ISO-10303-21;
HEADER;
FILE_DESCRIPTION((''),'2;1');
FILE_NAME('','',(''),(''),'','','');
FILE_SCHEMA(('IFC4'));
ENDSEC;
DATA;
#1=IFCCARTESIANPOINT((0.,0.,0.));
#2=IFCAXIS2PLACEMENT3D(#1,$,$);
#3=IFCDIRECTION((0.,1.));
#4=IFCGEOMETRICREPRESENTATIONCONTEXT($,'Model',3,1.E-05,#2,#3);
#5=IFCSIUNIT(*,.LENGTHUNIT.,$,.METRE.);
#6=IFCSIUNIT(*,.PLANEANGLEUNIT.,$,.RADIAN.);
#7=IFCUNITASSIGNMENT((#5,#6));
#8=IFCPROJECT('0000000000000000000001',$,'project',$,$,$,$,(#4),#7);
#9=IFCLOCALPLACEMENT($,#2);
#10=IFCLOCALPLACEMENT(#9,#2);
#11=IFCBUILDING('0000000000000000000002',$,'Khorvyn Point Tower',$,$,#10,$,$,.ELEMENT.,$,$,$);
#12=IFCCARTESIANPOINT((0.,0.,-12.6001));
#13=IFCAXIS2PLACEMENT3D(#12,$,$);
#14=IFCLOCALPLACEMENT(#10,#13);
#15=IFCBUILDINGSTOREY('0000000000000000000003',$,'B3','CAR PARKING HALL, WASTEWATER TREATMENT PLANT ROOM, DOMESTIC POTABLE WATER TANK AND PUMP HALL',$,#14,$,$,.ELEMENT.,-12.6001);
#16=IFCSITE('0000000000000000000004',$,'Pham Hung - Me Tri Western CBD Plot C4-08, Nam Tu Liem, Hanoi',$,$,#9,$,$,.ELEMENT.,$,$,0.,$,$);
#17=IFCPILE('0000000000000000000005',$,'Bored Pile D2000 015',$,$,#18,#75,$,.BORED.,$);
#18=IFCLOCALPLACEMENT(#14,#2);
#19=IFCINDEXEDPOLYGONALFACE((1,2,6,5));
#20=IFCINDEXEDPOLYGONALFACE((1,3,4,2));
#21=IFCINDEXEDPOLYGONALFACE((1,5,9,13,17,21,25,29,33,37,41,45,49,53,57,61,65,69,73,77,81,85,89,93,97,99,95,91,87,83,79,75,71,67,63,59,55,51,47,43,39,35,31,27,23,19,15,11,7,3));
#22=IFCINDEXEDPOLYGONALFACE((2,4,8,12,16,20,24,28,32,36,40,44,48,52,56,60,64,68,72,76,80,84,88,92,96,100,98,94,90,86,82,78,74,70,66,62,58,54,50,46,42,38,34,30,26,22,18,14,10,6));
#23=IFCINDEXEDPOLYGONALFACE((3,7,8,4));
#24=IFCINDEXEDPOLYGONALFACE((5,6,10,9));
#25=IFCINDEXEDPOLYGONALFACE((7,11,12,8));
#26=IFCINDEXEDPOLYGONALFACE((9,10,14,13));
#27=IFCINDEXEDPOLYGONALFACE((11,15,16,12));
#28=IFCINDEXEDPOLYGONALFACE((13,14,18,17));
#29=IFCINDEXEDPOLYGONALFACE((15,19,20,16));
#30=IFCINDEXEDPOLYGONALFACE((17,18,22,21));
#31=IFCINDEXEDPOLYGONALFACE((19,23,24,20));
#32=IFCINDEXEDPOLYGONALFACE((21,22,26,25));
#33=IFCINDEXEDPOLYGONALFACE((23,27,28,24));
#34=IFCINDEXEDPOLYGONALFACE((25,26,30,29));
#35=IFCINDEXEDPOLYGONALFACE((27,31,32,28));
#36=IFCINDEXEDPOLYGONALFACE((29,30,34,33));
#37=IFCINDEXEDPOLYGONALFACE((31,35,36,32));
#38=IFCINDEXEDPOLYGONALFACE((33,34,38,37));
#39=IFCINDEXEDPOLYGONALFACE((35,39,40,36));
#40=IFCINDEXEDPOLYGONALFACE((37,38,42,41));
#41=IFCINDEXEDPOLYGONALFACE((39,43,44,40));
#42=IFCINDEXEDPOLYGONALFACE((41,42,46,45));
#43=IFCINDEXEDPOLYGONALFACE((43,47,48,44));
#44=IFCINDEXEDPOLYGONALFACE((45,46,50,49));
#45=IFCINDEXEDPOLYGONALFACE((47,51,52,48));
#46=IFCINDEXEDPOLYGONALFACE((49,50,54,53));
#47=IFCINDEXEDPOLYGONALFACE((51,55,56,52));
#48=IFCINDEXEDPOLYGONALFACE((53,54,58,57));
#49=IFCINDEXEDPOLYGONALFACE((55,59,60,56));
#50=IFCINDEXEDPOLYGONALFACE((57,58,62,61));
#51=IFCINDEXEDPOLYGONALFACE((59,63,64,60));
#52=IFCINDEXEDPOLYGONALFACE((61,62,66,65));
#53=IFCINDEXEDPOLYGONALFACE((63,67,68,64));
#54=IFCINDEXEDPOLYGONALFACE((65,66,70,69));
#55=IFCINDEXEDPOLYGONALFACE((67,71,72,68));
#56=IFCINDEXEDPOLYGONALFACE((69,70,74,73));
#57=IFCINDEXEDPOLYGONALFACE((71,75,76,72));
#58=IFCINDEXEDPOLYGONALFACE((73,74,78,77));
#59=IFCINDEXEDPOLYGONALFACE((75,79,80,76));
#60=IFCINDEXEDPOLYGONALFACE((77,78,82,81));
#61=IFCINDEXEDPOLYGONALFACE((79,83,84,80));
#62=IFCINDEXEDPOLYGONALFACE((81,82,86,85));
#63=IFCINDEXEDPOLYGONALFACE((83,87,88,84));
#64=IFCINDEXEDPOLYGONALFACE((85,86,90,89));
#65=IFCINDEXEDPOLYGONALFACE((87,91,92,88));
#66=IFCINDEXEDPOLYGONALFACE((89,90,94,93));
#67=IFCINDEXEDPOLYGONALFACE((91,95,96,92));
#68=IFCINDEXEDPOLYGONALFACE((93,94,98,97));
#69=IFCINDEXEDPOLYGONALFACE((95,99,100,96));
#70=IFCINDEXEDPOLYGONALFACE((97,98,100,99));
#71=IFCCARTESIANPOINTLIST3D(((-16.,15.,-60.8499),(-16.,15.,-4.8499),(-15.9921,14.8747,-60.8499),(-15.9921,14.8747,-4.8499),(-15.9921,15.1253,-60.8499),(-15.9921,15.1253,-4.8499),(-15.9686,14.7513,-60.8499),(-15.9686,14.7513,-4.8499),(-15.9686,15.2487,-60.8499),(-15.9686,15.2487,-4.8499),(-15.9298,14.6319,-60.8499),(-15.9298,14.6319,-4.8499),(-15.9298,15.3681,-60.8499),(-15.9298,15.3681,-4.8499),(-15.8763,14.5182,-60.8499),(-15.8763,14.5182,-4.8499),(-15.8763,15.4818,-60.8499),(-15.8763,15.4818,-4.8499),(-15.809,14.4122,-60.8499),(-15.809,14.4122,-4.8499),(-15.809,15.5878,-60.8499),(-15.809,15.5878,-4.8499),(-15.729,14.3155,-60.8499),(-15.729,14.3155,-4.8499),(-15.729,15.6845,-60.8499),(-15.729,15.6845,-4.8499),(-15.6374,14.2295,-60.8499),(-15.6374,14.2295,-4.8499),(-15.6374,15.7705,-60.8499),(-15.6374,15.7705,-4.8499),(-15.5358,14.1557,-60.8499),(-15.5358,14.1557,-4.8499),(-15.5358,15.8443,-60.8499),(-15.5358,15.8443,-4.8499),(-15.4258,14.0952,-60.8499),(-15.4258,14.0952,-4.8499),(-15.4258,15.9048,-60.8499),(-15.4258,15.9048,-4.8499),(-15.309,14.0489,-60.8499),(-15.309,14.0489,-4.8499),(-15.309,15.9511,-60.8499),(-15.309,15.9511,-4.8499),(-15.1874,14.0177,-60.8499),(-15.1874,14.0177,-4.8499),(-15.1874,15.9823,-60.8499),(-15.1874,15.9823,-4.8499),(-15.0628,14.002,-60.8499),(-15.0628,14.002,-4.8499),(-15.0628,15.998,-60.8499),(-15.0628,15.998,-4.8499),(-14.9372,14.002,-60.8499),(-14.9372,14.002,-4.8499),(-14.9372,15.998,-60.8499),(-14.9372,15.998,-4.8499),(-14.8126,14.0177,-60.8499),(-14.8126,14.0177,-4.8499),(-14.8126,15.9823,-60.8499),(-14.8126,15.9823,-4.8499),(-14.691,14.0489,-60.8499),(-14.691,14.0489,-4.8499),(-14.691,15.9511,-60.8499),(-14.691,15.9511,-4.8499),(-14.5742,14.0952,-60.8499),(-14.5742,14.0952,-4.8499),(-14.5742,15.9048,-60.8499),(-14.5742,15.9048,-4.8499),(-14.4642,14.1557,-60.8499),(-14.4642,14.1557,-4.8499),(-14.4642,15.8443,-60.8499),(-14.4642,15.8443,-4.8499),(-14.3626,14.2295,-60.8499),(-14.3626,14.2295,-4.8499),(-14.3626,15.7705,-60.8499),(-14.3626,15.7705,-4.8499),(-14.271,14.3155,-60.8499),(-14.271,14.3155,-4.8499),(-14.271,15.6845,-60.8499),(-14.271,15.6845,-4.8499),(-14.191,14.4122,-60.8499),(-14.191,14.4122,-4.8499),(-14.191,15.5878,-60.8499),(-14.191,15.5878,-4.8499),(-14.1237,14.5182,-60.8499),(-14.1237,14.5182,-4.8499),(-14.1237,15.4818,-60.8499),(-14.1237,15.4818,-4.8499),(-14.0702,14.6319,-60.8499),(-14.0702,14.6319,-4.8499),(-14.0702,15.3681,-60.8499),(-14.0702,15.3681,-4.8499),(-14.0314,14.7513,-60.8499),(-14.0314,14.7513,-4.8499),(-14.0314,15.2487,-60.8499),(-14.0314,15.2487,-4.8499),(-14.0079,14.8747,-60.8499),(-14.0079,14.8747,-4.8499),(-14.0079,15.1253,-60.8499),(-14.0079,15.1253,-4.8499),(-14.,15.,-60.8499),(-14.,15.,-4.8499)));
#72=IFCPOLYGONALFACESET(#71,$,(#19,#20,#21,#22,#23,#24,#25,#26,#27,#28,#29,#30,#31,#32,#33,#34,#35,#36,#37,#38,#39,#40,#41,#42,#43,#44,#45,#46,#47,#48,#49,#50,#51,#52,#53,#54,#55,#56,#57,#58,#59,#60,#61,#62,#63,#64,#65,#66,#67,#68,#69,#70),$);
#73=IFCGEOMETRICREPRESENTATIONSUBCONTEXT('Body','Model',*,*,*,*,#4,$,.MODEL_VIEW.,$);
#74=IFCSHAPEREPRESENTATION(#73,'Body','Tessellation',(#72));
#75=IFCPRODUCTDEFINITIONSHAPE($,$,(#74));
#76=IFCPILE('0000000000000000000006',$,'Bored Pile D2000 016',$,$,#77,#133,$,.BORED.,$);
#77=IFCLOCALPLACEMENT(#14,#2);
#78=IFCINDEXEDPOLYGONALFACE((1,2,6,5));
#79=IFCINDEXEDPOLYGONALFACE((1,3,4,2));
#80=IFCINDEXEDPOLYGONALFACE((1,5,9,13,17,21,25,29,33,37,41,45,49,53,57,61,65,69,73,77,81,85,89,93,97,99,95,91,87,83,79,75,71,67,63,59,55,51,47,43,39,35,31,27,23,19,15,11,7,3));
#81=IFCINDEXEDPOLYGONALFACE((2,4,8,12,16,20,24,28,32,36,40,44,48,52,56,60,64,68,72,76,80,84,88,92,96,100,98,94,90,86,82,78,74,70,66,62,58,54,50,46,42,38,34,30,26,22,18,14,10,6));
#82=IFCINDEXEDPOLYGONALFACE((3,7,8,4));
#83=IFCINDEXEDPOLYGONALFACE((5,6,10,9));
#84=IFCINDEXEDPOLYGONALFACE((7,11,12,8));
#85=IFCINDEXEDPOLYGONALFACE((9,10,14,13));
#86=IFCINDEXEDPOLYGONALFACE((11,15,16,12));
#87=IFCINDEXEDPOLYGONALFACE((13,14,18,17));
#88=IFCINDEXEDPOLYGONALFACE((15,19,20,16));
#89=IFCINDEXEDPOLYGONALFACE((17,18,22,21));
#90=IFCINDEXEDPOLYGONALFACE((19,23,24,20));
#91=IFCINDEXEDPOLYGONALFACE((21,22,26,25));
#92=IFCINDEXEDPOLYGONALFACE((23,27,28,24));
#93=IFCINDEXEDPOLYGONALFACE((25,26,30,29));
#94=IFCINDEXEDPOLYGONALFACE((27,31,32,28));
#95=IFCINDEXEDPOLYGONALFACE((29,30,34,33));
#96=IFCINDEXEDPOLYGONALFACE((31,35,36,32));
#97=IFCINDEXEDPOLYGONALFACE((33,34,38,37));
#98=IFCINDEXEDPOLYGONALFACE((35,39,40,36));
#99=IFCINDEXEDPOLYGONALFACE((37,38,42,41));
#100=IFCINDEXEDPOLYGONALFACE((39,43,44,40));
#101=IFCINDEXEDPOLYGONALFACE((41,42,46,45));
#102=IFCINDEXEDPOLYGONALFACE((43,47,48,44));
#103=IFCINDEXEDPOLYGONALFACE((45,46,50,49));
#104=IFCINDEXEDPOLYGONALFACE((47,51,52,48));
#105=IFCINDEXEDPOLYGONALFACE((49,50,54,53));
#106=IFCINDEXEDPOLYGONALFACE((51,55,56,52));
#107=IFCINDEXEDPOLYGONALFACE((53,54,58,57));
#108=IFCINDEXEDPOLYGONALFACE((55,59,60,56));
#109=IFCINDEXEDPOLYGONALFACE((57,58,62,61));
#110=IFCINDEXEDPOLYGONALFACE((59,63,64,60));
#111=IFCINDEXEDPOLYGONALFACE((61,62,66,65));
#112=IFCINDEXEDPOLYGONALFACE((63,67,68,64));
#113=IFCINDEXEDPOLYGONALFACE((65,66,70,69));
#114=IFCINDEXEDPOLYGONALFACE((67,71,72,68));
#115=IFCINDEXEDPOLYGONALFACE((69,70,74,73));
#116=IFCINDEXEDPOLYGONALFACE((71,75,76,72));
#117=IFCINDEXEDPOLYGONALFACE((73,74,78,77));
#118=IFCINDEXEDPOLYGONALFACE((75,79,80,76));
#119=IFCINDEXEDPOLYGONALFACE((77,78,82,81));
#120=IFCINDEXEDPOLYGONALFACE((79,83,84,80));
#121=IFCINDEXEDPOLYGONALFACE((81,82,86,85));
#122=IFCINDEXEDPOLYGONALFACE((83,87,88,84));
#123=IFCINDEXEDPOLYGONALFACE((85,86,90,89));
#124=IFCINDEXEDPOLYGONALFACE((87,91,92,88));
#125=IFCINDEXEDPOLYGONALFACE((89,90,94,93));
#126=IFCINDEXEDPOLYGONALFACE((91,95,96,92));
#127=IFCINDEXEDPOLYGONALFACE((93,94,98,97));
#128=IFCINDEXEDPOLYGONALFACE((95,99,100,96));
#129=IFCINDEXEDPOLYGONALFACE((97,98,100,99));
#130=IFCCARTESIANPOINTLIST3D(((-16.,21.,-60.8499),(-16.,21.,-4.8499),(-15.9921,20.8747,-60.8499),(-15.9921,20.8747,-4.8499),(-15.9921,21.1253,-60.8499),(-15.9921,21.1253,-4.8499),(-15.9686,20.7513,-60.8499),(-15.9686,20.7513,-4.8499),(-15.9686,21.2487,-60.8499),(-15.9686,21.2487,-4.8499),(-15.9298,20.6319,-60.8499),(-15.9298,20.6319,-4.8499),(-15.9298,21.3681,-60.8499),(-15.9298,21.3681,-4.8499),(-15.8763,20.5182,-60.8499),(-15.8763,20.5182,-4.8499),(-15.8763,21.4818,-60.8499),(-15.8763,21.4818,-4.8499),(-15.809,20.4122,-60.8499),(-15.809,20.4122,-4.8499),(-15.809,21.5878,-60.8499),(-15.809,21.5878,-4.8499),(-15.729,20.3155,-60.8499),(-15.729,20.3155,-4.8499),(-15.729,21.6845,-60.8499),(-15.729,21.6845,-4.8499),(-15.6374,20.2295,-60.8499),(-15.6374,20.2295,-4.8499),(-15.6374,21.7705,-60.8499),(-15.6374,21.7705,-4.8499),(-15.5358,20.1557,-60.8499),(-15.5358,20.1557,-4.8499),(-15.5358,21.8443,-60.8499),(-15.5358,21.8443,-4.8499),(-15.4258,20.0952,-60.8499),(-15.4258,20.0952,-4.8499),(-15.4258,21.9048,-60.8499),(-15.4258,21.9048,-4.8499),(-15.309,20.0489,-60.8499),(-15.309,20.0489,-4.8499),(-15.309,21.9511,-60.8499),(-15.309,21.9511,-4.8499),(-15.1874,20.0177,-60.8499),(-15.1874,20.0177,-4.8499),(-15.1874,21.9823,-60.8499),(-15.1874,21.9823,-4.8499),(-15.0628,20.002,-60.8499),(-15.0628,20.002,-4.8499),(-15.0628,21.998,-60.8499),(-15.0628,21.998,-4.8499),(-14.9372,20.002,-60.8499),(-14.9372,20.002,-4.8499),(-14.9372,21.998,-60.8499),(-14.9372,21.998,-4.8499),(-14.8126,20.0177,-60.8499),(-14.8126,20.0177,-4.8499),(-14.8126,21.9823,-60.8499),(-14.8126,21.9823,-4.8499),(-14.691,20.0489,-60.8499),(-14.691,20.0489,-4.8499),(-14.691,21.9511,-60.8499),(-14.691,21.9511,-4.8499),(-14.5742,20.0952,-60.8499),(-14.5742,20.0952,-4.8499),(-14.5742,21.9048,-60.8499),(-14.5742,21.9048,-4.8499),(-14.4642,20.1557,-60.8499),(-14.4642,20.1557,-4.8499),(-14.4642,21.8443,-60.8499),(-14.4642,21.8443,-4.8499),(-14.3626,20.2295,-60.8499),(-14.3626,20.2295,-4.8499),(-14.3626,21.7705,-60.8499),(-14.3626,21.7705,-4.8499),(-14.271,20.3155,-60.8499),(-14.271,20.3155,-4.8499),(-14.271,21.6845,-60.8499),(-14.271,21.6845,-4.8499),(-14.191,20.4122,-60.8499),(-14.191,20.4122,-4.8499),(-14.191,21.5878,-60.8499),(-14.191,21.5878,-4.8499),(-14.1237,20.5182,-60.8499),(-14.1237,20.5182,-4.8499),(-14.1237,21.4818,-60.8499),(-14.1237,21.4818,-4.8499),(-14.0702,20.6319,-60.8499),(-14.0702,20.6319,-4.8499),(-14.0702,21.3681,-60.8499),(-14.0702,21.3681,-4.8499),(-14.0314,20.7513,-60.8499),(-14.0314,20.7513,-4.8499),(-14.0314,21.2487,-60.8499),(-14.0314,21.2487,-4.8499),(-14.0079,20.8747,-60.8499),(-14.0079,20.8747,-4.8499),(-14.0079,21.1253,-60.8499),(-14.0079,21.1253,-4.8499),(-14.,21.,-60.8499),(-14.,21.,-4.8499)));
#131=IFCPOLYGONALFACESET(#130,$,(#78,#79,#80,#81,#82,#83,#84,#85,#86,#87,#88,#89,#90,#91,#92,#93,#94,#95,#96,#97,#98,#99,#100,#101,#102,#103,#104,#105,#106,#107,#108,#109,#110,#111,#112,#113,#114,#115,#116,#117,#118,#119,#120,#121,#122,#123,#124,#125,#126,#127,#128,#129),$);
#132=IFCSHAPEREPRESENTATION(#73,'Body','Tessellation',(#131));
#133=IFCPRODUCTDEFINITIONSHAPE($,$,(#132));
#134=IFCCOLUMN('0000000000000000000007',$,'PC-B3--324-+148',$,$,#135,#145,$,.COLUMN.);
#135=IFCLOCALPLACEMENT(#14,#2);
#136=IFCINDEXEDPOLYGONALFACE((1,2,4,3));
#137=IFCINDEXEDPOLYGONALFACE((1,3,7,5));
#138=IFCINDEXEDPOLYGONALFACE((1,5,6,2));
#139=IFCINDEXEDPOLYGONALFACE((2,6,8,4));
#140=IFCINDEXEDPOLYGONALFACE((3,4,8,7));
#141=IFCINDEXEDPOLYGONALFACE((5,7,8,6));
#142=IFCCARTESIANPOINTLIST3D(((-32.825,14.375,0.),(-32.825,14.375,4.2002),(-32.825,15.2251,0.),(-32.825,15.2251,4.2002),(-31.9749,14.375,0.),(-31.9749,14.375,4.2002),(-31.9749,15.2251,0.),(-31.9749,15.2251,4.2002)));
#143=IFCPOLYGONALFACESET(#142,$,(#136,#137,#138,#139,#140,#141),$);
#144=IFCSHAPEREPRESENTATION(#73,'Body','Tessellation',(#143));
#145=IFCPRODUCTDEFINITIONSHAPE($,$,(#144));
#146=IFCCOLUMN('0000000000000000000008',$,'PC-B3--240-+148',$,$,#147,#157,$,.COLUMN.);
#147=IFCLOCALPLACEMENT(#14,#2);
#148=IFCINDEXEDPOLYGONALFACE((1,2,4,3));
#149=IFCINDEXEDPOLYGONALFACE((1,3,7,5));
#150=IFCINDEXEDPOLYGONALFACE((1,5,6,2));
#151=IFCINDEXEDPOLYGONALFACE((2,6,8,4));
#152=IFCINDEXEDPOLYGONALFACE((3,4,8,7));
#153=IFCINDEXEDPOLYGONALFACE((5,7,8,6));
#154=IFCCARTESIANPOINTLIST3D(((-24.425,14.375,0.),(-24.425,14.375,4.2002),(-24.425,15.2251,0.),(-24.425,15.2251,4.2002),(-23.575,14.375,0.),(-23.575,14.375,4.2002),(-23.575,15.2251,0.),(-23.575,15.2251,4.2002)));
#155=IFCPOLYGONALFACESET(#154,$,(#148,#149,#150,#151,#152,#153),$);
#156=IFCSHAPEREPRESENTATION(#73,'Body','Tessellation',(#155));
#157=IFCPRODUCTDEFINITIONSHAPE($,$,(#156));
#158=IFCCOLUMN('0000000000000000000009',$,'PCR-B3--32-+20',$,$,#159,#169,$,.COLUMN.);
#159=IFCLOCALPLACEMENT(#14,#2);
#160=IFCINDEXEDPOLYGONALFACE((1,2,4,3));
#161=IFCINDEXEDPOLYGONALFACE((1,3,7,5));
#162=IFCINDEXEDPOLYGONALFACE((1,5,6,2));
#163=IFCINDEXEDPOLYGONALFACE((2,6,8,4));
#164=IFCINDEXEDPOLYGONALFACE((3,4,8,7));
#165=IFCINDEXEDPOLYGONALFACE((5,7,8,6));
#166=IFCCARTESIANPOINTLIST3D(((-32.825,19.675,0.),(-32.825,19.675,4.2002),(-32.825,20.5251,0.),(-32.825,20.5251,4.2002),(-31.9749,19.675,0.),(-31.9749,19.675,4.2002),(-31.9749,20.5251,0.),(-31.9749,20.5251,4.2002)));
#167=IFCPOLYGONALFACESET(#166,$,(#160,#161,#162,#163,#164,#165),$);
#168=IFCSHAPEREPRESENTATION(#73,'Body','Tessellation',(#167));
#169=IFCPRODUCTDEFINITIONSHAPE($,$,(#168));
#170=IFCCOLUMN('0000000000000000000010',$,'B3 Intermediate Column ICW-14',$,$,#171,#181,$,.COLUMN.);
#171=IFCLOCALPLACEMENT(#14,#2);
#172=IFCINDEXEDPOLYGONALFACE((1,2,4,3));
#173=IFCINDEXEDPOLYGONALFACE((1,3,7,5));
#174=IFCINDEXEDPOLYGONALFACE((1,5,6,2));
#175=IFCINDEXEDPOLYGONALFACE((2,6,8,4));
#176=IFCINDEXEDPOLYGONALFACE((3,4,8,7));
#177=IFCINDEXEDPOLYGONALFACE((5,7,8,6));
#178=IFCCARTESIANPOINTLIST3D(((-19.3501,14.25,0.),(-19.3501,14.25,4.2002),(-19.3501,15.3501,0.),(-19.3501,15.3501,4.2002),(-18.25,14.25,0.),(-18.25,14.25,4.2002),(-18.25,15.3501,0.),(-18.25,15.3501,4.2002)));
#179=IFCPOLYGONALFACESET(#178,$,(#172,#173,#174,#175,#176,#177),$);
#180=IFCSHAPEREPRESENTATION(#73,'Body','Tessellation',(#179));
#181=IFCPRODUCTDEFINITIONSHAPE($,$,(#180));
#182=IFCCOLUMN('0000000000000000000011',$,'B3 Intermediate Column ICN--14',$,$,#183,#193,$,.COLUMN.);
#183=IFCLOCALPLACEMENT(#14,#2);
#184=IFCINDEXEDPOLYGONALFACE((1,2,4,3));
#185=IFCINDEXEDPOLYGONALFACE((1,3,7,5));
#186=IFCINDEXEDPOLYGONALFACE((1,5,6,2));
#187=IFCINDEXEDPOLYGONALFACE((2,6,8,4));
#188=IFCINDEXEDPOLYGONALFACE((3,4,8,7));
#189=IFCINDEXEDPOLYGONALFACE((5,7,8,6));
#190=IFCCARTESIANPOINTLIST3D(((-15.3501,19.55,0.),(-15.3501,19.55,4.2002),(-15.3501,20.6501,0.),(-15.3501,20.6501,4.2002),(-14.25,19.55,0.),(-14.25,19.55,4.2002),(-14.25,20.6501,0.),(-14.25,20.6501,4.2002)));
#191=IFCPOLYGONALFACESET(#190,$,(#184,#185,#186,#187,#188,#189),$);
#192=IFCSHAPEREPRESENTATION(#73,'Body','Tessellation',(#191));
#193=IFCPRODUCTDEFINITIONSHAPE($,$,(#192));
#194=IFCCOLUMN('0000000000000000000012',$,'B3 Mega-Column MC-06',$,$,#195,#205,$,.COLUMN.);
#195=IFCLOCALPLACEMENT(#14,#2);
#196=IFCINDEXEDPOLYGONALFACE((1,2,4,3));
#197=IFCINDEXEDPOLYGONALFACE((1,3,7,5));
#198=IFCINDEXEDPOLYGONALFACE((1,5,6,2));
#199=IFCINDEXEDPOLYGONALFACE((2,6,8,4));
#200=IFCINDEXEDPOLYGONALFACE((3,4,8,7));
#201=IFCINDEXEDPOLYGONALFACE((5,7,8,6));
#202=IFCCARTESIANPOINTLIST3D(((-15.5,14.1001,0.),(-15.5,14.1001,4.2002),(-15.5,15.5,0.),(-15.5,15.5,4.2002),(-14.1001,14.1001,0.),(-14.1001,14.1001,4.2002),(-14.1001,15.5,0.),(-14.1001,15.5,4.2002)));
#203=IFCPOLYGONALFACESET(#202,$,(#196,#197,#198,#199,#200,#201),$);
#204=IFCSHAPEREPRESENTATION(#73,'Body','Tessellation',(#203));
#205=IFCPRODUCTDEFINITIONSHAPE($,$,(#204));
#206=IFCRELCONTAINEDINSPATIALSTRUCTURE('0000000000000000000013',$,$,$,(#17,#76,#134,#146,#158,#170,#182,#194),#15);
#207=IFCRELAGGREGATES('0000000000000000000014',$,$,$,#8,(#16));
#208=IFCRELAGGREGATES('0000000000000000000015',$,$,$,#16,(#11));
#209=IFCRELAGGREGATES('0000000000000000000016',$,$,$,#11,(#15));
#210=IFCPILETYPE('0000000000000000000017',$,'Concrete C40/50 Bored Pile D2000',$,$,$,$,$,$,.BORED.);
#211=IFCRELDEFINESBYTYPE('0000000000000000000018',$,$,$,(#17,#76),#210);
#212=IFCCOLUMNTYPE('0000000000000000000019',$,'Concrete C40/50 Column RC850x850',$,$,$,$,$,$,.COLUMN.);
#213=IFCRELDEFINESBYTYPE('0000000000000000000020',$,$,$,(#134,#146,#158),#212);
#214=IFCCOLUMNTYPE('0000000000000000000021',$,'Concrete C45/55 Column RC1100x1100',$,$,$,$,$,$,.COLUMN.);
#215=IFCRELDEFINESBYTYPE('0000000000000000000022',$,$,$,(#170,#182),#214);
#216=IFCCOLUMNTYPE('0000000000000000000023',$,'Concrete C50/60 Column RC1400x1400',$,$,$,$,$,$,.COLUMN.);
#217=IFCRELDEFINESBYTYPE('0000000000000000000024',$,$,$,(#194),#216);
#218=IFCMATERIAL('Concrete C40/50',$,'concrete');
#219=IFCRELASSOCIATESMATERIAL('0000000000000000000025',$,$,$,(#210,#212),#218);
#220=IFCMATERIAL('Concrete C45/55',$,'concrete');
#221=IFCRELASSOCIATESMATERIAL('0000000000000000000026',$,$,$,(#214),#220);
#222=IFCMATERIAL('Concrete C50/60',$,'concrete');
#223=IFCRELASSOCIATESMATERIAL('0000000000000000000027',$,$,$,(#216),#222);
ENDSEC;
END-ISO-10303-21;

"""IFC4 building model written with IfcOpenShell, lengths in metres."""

from ifc_helpers import new_model, si_unit, direction, frame, origin, origin_2d, place, context, subcontext, project, spatial, rectangle, circle, extrude, material, material_profile, profile_set, type_object, element, save


model = new_model("IFC4")

# Units and contexts
model_context = context("Model", 3, precision=1e-05, world=origin(), true_north=direction((0.0, 1.0)))
body_context = subcontext(model_context, "Body", "Model", "MODEL_VIEW")
ifc_project = project(units=[si_unit("LENGTHUNIT", "METRE"), si_unit("PLANEANGLEUNIT", "RADIAN")], contexts=[model_context])

# Site, building, storey
site_placement = place(None, origin())
site = spatial("IfcSite", under=ifc_project, at=site_placement, Name="Pham Hung - Me Tri Western CBD Plot C4-08, Nam Tu Liem, Hanoi", CompositionType="ELEMENT", RefElevation=0.0)
building_placement = place(site_placement, origin())
building = spatial("IfcBuilding", under=site, at=building_placement, Name="Khorvyn Point Tower", CompositionType="ELEMENT")
storey_placement = place(building_placement, frame((0.0, 0.0, -12.6001)))
storey = spatial("IfcBuildingStorey", under=building, at=storey_placement, Name="B3", Description="CAR PARKING HALL, WASTEWATER TREATMENT PLANT ROOM, DOMESTIC POTABLE WATER TANK AND PUMP HALL", CompositionType="ELEMENT", Elevation=-12.6001)

# Piles
ifc_material_1 = material(Name="Concrete C40/50", Category="concrete")
ifc_material_profile_1 = material_profile(ifc_material_1, circle(Radius=1.0, at=origin_2d()))
ifc_profile_set_1 = profile_set([ifc_material_profile_1], Name="Concrete C40/50 PILE-D2000")
pile_type_1 = type_object("IfcPileType", Name="Concrete C40/50 Bored Pile D2000", PredefinedType="BORED", material=ifc_profile_set_1)
for number, where, z_axis, x_axis, name in (
    (1, (-15.0, 15.0, -4.8499), (0.0, 0.0, -1.0), (1.0, 0.0, 0.0), "Bored Pile D2000 015"),
    (2, (-15.0, 21.0, -4.8499), (0.0, 0.0, -1.0), (1.0, 0.0, 0.0), "Bored Pile D2000 016"),
):
    element("IfcPile", number, at=place(storey_placement, frame(where, z_axis=z_axis, x_axis=x_axis)), inside=storey, type_object=pile_type_1, Name=name, PredefinedType="BORED", context=body_context, shape_type="SweptSolid", body=[
        extrude(circle(Radius=1.0, at=origin_2d()), origin(), (0.0, 0.0, 1.0), 56.0),
    ])

# Columns
ifc_material_profile_2 = material_profile(ifc_material_1, rectangle(XDim=0.8501, YDim=0.8501, at=origin_2d()))
ifc_profile_set_2 = profile_set([ifc_material_profile_2], Name="Concrete C40/50 RC850x850")
column_type_1 = type_object("IfcColumnType", Name="Concrete C40/50 Column RC850x850", PredefinedType="COLUMN", material=ifc_profile_set_2)
for number, where, z_axis, x_axis, name in (
    (3, (-32.3999, 14.8, 0.0), (0.0, 0.0, 1.0), (1.0, 0.0, 0.0), "PC-B3--324-+148"),
    (4, (-24.0, 14.8, 0.0), (0.0, 0.0, 1.0), (1.0, 0.0, 0.0), "PC-B3--240-+148"),
    (5, (-32.3999, 20.1001, 0.0), (0.0, 0.0, 1.0), (1.0, 0.0, 0.0), "PCR-B3--32-+20"),
):
    element("IfcColumn", number, at=place(storey_placement, frame(where, z_axis=z_axis, x_axis=x_axis)), inside=storey, type_object=column_type_1, Name=name, PredefinedType="COLUMN", context=body_context, shape_type="SweptSolid", body=[
        extrude(rectangle(XDim=0.8501, YDim=0.8501, at=origin_2d()), origin(), (0.0, 0.0, 1.0), 4.2002),
    ])
ifc_material_2 = material(Name="Concrete C45/55", Category="concrete")
ifc_material_profile_3 = material_profile(ifc_material_2, rectangle(XDim=1.1001, YDim=1.1001, at=origin_2d()))
ifc_profile_set_3 = profile_set([ifc_material_profile_3], Name="Concrete C45/55 RC1100x1100")
column_type_2 = type_object("IfcColumnType", Name="Concrete C45/55 Column RC1100x1100", PredefinedType="COLUMN", material=ifc_profile_set_3)
for number, where, z_axis, x_axis, name in (
    (6, (-18.8, 14.8, 0.0), (0.0, 0.0, 1.0), (1.0, 0.0, 0.0), "B3 Intermediate Column ICW-14"),
    (7, (-14.8, 20.1001, 0.0), (0.0, 0.0, 1.0), (1.0, 0.0, 0.0), "B3 Intermediate Column ICN--14"),
):
    element("IfcColumn", number, at=place(storey_placement, frame(where, z_axis=z_axis, x_axis=x_axis)), inside=storey, type_object=column_type_2, Name=name, PredefinedType="COLUMN", context=body_context, shape_type="SweptSolid", body=[
        extrude(rectangle(XDim=1.1001, YDim=1.1001, at=origin_2d()), origin(), (0.0, 0.0, 1.0), 4.2002),
    ])
ifc_material_3 = material(Name="Concrete C50/60", Category="concrete")
ifc_material_profile_4 = material_profile(ifc_material_3, rectangle(XDim=1.3999, YDim=1.3999, at=origin_2d()))
ifc_profile_set_4 = profile_set([ifc_material_profile_4], Name="Concrete C50/60 RC1400x1400")
column_type_3 = type_object("IfcColumnType", Name="Concrete C50/60 Column RC1400x1400", PredefinedType="COLUMN", material=ifc_profile_set_4)
column_placement = place(storey_placement, frame((-14.8, 14.8, 0.0), z_axis=(0.0, 0.0, 1.0), x_axis=(1.0, 0.0, 0.0)))
element("IfcColumn", 8, at=column_placement, inside=storey, type_object=column_type_3, Name="B3 Mega-Column MC-06", PredefinedType="COLUMN", context=body_context, shape_type="SweptSolid", body=[
    extrude(rectangle(XDim=1.3999, YDim=1.3999, at=origin_2d()), origin(), (0.0, 0.0, 1.0), 4.2002),
])

save(model, "model.ifc")
